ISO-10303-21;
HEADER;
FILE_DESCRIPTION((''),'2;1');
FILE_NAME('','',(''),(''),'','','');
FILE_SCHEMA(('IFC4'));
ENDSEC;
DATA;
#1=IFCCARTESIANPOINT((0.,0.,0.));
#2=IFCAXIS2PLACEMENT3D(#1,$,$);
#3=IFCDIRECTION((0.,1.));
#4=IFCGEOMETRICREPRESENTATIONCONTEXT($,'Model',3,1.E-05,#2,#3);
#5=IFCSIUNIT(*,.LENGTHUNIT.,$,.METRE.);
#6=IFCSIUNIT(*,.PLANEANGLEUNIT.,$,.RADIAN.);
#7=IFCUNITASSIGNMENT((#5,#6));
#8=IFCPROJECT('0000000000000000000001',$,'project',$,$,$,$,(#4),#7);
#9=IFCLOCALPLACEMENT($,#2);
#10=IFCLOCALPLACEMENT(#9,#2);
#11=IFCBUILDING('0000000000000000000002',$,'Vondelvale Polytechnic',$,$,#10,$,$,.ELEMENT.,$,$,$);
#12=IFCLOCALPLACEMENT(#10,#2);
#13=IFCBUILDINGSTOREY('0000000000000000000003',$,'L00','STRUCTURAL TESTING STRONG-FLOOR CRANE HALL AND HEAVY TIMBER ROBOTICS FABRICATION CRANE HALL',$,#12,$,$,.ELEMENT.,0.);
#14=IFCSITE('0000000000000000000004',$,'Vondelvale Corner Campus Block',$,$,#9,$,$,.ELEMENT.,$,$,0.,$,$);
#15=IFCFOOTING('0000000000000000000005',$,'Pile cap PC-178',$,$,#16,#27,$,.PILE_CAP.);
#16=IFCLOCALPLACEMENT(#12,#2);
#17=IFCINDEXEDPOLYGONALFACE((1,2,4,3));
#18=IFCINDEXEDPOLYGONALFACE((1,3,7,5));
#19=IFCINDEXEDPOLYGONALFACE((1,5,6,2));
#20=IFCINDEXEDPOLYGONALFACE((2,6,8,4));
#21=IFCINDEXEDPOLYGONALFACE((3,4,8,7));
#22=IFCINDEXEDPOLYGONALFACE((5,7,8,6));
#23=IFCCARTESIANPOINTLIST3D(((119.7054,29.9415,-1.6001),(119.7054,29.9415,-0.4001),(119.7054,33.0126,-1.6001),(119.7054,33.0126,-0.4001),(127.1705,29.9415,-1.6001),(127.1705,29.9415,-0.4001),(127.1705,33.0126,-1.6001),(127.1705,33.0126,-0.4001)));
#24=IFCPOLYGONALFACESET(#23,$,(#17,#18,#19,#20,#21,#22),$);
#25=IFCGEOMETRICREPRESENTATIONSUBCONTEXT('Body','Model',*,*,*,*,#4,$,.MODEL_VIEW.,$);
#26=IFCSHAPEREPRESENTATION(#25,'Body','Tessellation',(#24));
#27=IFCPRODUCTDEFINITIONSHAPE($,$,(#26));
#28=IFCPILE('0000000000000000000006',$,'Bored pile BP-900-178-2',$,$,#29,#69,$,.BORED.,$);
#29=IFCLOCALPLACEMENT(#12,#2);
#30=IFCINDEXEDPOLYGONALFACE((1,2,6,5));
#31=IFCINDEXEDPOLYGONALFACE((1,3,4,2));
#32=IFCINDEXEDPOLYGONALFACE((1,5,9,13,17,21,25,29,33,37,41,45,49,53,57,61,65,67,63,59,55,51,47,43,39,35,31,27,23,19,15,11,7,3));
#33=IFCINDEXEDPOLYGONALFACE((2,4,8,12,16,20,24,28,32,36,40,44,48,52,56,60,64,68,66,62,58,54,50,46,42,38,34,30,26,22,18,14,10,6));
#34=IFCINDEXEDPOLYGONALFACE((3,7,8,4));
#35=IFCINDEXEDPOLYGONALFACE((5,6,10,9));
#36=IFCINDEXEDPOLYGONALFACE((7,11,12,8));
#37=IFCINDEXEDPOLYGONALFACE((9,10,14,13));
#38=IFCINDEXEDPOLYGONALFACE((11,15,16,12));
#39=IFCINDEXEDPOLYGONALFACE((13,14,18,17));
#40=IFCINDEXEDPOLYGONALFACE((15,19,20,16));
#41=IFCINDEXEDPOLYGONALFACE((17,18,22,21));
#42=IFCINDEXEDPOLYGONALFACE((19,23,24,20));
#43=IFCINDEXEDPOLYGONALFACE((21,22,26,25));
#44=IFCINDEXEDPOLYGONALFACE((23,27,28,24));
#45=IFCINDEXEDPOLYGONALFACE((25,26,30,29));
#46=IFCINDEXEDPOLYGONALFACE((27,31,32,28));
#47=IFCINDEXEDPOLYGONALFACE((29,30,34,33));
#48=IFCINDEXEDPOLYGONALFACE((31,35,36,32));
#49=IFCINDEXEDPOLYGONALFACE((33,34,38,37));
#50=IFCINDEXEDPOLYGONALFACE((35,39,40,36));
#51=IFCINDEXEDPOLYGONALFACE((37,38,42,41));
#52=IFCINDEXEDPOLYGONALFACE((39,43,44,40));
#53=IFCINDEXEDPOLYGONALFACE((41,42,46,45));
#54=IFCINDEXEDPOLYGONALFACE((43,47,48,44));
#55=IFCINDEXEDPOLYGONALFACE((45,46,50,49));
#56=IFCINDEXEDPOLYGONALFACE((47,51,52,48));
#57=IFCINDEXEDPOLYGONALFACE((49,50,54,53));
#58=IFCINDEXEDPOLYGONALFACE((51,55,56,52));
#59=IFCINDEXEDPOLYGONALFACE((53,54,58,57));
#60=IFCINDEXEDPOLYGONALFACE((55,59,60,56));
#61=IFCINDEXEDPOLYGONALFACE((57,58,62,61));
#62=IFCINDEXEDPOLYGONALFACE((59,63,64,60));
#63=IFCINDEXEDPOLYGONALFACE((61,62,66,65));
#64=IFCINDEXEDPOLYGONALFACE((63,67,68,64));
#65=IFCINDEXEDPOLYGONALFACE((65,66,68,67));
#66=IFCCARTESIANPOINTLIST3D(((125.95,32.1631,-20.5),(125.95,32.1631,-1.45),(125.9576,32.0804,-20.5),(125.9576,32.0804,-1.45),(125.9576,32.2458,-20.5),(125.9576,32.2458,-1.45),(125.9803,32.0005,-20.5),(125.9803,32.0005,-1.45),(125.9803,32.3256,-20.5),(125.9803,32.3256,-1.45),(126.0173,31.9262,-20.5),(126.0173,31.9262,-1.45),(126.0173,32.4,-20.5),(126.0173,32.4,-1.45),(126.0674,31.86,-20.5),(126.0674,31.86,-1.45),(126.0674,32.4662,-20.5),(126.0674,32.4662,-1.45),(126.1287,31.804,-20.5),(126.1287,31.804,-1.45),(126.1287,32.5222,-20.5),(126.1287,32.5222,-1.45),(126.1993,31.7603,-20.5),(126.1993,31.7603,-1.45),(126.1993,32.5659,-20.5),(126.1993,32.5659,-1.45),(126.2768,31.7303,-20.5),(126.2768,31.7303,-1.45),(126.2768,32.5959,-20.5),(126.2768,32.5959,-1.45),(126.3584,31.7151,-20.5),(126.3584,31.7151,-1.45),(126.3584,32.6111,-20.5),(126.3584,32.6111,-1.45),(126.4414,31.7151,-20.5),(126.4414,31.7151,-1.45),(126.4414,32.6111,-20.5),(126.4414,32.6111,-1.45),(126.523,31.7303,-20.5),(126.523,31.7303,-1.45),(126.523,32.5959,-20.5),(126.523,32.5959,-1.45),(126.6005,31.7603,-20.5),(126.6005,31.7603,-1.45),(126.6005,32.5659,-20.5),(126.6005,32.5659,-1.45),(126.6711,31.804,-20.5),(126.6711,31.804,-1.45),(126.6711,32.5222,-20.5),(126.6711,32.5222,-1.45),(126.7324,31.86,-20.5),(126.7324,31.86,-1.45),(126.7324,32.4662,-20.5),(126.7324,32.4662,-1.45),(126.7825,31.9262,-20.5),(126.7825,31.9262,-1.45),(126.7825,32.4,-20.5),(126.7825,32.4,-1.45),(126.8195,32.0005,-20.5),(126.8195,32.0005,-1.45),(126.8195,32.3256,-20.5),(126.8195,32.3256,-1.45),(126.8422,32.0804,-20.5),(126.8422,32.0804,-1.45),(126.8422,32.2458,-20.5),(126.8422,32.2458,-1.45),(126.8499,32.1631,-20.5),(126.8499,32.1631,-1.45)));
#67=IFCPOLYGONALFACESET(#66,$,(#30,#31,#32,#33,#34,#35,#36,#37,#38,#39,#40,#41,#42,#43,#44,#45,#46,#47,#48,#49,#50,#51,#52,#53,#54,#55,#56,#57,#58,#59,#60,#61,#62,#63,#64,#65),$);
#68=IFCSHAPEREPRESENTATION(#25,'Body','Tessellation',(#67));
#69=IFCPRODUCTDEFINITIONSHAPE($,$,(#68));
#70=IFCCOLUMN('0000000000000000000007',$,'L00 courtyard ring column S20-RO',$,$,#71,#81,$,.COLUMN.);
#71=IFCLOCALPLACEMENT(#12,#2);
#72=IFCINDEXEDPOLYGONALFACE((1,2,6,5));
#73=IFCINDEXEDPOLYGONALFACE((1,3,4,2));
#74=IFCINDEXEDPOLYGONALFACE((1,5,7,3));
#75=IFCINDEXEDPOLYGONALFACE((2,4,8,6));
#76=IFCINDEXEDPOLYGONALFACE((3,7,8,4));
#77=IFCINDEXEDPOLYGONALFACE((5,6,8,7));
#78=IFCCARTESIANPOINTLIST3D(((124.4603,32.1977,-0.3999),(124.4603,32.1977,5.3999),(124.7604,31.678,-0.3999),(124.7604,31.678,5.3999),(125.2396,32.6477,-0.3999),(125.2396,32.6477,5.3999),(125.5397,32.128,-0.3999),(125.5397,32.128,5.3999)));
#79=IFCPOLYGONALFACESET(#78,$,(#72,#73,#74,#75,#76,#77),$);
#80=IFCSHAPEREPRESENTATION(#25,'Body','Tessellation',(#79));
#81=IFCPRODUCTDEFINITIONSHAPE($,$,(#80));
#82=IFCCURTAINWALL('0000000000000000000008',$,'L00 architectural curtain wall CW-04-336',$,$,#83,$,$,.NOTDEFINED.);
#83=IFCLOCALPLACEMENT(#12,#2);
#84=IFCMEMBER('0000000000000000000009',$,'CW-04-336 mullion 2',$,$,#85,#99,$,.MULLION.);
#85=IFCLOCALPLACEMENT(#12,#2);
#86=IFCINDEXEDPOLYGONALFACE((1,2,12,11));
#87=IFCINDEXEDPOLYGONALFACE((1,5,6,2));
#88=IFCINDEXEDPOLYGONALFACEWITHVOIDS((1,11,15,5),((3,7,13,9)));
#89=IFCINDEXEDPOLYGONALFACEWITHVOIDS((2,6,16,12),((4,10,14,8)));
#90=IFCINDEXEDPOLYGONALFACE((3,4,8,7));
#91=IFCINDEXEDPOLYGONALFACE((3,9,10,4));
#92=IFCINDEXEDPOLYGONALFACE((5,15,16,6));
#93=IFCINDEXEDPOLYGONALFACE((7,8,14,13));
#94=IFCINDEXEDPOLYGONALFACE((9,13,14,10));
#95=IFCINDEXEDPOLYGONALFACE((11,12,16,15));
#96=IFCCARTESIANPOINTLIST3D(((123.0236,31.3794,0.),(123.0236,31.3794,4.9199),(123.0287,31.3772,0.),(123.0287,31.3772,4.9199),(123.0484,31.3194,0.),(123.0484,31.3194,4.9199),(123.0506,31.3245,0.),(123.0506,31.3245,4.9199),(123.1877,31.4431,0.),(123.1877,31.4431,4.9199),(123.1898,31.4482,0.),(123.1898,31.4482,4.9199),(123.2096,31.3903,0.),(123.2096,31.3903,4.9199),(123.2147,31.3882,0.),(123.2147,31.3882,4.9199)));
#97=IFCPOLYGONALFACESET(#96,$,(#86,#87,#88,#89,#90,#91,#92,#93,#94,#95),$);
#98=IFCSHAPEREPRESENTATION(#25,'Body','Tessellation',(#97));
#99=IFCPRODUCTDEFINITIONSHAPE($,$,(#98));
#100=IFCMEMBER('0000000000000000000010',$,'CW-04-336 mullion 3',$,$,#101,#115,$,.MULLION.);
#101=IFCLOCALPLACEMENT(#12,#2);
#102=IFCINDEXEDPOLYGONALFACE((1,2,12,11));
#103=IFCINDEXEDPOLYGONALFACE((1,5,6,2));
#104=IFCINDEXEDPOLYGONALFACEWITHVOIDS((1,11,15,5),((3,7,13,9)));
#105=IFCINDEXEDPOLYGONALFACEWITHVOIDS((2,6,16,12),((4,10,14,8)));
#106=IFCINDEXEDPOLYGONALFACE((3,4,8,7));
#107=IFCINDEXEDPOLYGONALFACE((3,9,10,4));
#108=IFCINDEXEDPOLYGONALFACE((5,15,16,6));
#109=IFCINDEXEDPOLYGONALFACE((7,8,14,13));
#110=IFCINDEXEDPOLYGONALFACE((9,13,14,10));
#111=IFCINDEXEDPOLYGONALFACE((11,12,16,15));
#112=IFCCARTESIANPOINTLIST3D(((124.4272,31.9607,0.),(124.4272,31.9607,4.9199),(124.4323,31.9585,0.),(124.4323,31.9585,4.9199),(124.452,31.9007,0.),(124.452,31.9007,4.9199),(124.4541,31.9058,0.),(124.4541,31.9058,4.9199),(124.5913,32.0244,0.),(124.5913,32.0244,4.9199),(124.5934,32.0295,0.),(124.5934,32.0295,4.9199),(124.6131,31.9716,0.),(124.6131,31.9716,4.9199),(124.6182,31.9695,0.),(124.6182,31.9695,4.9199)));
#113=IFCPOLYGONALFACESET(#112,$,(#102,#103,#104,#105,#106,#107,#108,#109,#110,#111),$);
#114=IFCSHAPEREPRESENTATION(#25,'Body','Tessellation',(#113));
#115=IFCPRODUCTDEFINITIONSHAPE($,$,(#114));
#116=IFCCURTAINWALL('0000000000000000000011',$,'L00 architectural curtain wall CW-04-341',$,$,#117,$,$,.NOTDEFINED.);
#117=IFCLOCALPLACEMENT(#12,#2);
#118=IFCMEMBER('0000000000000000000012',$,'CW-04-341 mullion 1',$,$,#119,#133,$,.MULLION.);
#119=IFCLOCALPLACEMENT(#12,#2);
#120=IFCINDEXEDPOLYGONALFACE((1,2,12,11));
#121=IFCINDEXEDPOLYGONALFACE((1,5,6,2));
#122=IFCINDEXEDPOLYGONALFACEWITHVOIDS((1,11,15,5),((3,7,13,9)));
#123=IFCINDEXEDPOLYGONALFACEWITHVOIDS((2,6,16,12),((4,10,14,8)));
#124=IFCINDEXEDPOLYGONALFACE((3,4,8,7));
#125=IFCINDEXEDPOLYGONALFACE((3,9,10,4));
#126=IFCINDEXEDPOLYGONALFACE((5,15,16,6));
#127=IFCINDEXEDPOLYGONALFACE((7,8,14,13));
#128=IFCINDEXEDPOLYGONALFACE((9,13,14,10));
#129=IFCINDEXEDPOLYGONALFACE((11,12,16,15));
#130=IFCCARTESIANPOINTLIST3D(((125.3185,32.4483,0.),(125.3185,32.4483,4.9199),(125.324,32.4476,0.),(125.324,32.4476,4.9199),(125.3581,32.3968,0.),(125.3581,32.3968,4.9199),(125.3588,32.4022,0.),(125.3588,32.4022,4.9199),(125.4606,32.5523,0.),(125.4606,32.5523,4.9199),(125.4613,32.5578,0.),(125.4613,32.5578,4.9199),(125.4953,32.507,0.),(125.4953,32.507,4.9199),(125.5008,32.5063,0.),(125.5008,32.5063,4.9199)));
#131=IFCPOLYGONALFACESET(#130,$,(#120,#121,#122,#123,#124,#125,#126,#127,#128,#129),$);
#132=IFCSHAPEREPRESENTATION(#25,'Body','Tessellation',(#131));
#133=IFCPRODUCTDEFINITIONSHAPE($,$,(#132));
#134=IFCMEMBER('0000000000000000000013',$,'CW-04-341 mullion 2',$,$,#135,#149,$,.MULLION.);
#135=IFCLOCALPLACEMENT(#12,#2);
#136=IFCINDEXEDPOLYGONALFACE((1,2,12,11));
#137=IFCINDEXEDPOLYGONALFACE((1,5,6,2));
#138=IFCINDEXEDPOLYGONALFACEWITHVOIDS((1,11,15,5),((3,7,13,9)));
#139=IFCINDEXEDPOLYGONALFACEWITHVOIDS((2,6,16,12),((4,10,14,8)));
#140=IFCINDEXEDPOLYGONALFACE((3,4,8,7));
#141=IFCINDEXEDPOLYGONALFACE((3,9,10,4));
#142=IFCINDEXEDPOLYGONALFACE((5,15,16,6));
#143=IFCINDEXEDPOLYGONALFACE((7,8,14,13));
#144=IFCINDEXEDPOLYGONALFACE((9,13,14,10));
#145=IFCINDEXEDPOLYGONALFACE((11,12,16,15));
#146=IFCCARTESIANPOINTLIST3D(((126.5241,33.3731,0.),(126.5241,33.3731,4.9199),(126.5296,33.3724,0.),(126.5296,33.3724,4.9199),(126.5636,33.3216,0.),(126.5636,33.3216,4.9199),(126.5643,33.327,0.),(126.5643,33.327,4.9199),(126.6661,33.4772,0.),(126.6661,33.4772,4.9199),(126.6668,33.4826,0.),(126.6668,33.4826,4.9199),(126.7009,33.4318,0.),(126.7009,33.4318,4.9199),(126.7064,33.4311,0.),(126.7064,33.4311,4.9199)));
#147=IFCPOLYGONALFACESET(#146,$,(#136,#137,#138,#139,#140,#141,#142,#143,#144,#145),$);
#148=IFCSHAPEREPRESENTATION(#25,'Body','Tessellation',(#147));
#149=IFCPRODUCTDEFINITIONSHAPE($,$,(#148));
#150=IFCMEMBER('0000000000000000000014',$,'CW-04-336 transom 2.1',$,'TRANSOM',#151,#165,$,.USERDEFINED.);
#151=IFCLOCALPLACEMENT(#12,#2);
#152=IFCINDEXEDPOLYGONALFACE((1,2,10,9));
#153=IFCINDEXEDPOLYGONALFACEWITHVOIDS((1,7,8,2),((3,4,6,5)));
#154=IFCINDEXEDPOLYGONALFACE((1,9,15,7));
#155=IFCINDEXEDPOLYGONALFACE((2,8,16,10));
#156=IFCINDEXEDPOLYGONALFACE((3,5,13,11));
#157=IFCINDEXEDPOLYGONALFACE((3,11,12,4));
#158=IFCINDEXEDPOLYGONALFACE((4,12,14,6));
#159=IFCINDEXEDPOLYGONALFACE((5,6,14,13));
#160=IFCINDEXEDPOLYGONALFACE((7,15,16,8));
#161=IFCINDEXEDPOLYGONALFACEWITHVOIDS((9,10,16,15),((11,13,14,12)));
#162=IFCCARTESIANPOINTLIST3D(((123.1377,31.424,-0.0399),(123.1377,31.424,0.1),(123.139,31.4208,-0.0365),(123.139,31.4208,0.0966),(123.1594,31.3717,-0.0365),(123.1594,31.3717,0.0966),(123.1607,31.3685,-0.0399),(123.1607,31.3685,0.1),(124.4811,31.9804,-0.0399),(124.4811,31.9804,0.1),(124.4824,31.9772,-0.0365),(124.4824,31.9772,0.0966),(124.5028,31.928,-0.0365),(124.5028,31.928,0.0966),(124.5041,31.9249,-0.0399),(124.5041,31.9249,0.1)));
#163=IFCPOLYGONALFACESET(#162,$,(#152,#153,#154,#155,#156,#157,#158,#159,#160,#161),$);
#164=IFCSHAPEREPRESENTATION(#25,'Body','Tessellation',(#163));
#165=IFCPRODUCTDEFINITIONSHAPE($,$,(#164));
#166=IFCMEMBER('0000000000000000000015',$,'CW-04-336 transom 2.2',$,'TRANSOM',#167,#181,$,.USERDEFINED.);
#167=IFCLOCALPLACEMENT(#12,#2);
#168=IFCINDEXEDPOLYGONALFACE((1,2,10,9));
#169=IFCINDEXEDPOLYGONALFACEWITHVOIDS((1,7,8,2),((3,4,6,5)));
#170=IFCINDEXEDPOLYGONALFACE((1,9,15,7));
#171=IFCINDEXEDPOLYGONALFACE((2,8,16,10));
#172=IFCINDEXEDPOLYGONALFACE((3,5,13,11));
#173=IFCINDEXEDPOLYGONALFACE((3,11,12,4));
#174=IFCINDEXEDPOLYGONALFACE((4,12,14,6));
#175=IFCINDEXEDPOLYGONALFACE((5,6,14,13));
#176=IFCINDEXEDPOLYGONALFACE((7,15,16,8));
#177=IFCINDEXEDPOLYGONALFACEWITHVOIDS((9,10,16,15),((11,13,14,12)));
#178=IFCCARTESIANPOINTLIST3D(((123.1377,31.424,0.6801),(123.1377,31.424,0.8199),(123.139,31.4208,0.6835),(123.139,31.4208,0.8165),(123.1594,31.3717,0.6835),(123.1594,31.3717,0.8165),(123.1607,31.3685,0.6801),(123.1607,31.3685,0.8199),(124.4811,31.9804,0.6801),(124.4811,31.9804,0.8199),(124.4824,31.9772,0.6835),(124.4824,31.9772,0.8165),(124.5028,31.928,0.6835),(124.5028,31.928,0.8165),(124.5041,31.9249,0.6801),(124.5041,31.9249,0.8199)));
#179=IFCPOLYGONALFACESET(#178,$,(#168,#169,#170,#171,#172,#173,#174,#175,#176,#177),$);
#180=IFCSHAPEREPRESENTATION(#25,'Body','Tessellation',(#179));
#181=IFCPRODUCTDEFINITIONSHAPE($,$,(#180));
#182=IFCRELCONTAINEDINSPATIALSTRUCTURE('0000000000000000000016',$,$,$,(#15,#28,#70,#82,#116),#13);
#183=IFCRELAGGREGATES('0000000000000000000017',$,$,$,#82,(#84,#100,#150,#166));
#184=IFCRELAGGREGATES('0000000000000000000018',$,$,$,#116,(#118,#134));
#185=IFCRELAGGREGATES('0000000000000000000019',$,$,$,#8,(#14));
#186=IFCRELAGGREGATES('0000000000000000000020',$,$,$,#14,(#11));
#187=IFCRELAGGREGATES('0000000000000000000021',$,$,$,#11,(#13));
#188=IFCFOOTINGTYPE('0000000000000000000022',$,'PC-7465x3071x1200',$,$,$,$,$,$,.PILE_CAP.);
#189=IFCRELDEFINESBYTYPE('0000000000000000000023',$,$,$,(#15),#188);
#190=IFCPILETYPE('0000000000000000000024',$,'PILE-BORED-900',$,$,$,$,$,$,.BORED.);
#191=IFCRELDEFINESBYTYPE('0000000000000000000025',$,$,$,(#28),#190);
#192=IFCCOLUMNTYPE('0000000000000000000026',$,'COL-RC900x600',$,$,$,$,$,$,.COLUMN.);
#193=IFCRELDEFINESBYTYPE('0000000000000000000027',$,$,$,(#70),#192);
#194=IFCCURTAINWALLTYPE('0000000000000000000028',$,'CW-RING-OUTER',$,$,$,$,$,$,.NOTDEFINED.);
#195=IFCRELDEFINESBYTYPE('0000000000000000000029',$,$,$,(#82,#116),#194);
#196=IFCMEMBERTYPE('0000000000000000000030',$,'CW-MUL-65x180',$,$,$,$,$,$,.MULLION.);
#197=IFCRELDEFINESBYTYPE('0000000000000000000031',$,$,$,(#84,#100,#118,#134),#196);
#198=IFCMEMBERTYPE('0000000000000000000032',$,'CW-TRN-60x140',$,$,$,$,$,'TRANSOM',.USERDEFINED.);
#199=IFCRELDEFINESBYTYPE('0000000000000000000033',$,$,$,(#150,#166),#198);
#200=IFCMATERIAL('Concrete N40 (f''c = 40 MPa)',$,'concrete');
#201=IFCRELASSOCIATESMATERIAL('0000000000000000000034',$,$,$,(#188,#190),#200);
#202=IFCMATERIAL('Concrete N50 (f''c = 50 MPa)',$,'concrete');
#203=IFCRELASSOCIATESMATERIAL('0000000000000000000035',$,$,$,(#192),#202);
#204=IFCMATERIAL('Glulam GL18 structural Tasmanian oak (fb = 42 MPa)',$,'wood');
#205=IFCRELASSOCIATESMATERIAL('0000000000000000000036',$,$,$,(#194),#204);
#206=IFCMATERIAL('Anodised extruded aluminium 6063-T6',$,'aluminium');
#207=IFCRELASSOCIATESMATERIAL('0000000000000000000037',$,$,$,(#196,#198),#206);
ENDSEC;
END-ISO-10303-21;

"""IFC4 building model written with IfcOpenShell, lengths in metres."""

from ifc_helpers import new_model, si_unit, direction, frame, origin, origin_2d, place, context, subcontext, project, spatial, rectangle, hollow_rectangle, circle, extrude, material, material_profile, profile_set, type_object, element, aggregate, save


model = new_model("IFC4")

# Units and contexts
model_context = context("Model", 3, precision=1e-05, world=origin(), true_north=direction((0.0, 1.0)))
body_context = subcontext(model_context, "Body", "Model", "MODEL_VIEW")
ifc_project = project(units=[si_unit("LENGTHUNIT", "METRE"), si_unit("PLANEANGLEUNIT", "RADIAN")], contexts=[model_context])

# Site, building, storey
site_placement = place(None, origin())
site = spatial("IfcSite", under=ifc_project, at=site_placement, Name="Vondelvale Corner Campus Block", CompositionType="ELEMENT", RefElevation=0.0)
building_placement = place(site_placement, origin())
building = spatial("IfcBuilding", under=site, at=building_placement, Name="Vondelvale Polytechnic", CompositionType="ELEMENT")
storey_placement = place(building_placement, origin())
storey = spatial("IfcBuildingStorey", under=building, at=storey_placement, Name="L00", Description="STRUCTURAL TESTING STRONG-FLOOR CRANE HALL AND HEAVY TIMBER ROBOTICS FABRICATION CRANE HALL", CompositionType="ELEMENT", Elevation=0.0)

# Footing
ifc_material_1 = material(Name="Concrete N40 (f'c = 40 MPa)", Category="concrete")
footing_type = type_object("IfcFootingType", Name="PC-7465x3071x1200", PredefinedType="PILE_CAP", material=ifc_material_1)
footing_placement = place(storey_placement, frame((123.438, 31.4771, -1.6001), z_axis=(0.0, 0.0, 1.0), x_axis=(1.0, 0.0, 0.0)))
element("IfcFooting", 1, at=footing_placement, inside=storey, type_object=footing_type, Name="Pile cap PC-178", PredefinedType="PILE_CAP", context=body_context, shape_type="SweptSolid", body=[
    extrude(rectangle(XDim=7.4651, YDim=3.071, at=origin_2d()), origin(), (0.0, 0.0, 1.0), 1.2),
])

# Pile
ifc_material_profile_1 = material_profile(ifc_material_1, circle(Radius=0.45, at=origin_2d()), Name="PILE-D900")
ifc_profile_set_1 = profile_set([ifc_material_profile_1], Name="Concrete N40 (f'c = 40 MPa)")
pile_type = type_object("IfcPileType", Name="PILE-BORED-900", PredefinedType="BORED", material=ifc_profile_set_1)
pile_placement = place(storey_placement, frame((126.3999, 32.1631, -1.45), z_axis=(0.0, 0.0, -1.0), x_axis=(1.0, 0.0, 0.0)))
element("IfcPile", 2, at=pile_placement, inside=storey, type_object=pile_type, Name="Bored pile BP-900-178-2", PredefinedType="BORED", context=body_context, shape_type="SweptSolid", body=[
    extrude(circle(Radius=0.45, at=origin_2d()), origin(), (0.0, 0.0, 1.0), 19.05),
])

# Column
ifc_material_2 = material(Name="Concrete N50 (f'c = 50 MPa)", Category="concrete")
ifc_material_profile_2 = material_profile(ifc_material_2, rectangle(XDim=0.6001, YDim=0.8999, at=origin_2d()), Name="RC-COL-900x600")
ifc_profile_set_2 = profile_set([ifc_material_profile_2], Name="Concrete N50 (f'c = 50 MPa)")
column_type = type_object("IfcColumnType", Name="COL-RC900x600", PredefinedType="COLUMN", material=ifc_profile_set_2)
column_placement = place(storey_placement, frame((125.0, 32.1628, -0.3999), z_axis=(0.0, 0.0, 1.0), x_axis=(-0.5, 0.866025, 0.0)))
element("IfcColumn", 3, at=column_placement, inside=storey, type_object=column_type, Name="L00 courtyard ring column S20-RO", PredefinedType="COLUMN", context=body_context, shape_type="SweptSolid", body=[
    extrude(rectangle(XDim=0.6001, YDim=0.8999, at=origin_2d()), origin(), (0.0, 0.0, 1.0), 5.7998),
])

# Curtain walls, members
ifc_material_3 = material(Name="Glulam GL18 structural Tasmanian oak (fb = 42 MPa)", Category="wood")
curtain_wall_type = type_object("IfcCurtainWallType", Name="CW-RING-OUTER", PredefinedType="NOTDEFINED", material=ifc_material_3)
curtain_wall_1_placement = place(storey_placement, origin())
curtain_wall_1 = element("IfcCurtainWall", 4, at=curtain_wall_1_placement, inside=storey, type_object=curtain_wall_type, Name="L00 architectural curtain wall CW-04-336", PredefinedType="NOTDEFINED")
ifc_material_4 = material(Name="Anodised extruded aluminium 6063-T6", Category="aluminium")
ifc_material_profile_3 = material_profile(ifc_material_4, hollow_rectangle(XDim=0.0649, YDim=0.1799, WallThickness=0.0039, at=origin_2d()), Name="CW-MUL-180x65")
ifc_profile_set_3 = profile_set([ifc_material_profile_3], Name="Anodised extruded aluminium 6063-T6")
member_type_1 = type_object("IfcMemberType", Name="CW-MUL-65x180", PredefinedType="MULLION", material=ifc_profile_set_3)
member_1_placement = place(storey_placement, frame((123.1191, 31.3838, 0.0), z_axis=(0.0, 0.0, 1.0), x_axis=(-0.382679, 0.923881, 0.0)))
member_1 = element("IfcMember", 5, at=member_1_placement, type_object=member_type_1, Name="CW-04-336 mullion 2", PredefinedType="MULLION", context=body_context, shape_type="SweptSolid", body=[
    extrude(hollow_rectangle(XDim=0.0649, YDim=0.1799, WallThickness=0.0039, at=origin_2d()), origin(), (0.0, 0.0, 1.0), 4.9199),
])
member_2_placement = place(storey_placement, frame((124.5227, 31.9651, 0.0), z_axis=(0.0, 0.0, 1.0), x_axis=(-0.382679, 0.923881, 0.0)))
member_2 = element("IfcMember", 6, at=member_2_placement, type_object=member_type_1, Name="CW-04-336 mullion 3", PredefinedType="MULLION", context=body_context, shape_type="SweptSolid", body=[
    extrude(hollow_rectangle(XDim=0.0649, YDim=0.1799, WallThickness=0.0039, at=origin_2d()), origin(), (0.0, 0.0, 1.0), 4.9199),
])
curtain_wall_2_placement = place(storey_placement, origin())
curtain_wall_2 = element("IfcCurtainWall", 7, at=curtain_wall_2_placement, inside=storey, type_object=curtain_wall_type, Name="L00 architectural curtain wall CW-04-341", PredefinedType="NOTDEFINED")
member_3_placement = place(storey_placement, frame((125.4097, 32.4773, 0.0), z_axis=(0.0, 0.0, 1.0), x_axis=(-0.608764, 0.793352, 0.0)))
member_3 = element("IfcMember", 8, at=member_3_placement, type_object=member_type_1, Name="CW-04-341 mullion 1", PredefinedType="MULLION", context=body_context, shape_type="SweptSolid", body=[
    extrude(hollow_rectangle(XDim=0.0649, YDim=0.1799, WallThickness=0.0039, at=origin_2d()), origin(), (0.0, 0.0, 1.0), 4.9199),
])
member_4_placement = place(storey_placement, frame((126.6152, 33.4021, 0.0), z_axis=(0.0, 0.0, 1.0), x_axis=(-0.608764, 0.793352, 0.0)))
member_4 = element("IfcMember", 9, at=member_4_placement, type_object=member_type_1, Name="CW-04-341 mullion 2", PredefinedType="MULLION", context=body_context, shape_type="SweptSolid", body=[
    extrude(hollow_rectangle(XDim=0.0649, YDim=0.1799, WallThickness=0.0039, at=origin_2d()), origin(), (0.0, 0.0, 1.0), 4.9199),
])

# Members
ifc_material_profile_4 = material_profile(ifc_material_4, hollow_rectangle(XDim=0.0601, YDim=0.1399, WallThickness=0.0034, at=origin_2d()), Name="CW-TRN-140x60")
ifc_profile_set_4 = profile_set([ifc_material_profile_4], Name="Anodised extruded aluminium 6063-T6")
member_type_2 = type_object("IfcMemberType", Name="CW-TRN-60x140", ElementType="TRANSOM", PredefinedType="USERDEFINED", material=ifc_profile_set_4)
member_5_placement = place(storey_placement, frame((123.1492, 31.3962, 0.03), z_axis=(0.923904, 0.382624, 0.0), x_axis=(-0.382624, 0.923904, 0.0)))
member_5 = element("IfcMember", 10, at=member_5_placement, type_object=member_type_2, Name="CW-04-336 transom 2.1", ObjectType="TRANSOM", PredefinedType="USERDEFINED", context=body_context, shape_type="SweptSolid", body=[
    extrude(hollow_rectangle(XDim=0.0601, YDim=0.1399, WallThickness=0.0034, at=origin_2d()), origin(), (0.0, 0.0, 1.0), 1.4541),
])
member_6_placement = place(storey_placement, frame((123.1492, 31.3962, 0.75), z_axis=(0.923904, 0.382624, 0.0), x_axis=(-0.382624, 0.923904, 0.0)))
member_6 = element("IfcMember", 11, at=member_6_placement, type_object=member_type_2, Name="CW-04-336 transom 2.2", ObjectType="TRANSOM", PredefinedType="USERDEFINED", context=body_context, shape_type="SweptSolid", body=[
    extrude(hollow_rectangle(XDim=0.0601, YDim=0.1399, WallThickness=0.0034, at=origin_2d()), origin(), (0.0, 0.0, 1.0), 1.4541),
])

aggregate(curtain_wall_1, [member_1, member_2, member_5, member_6])
aggregate(curtain_wall_2, [member_3, member_4])

save(model, "model.ifc")
